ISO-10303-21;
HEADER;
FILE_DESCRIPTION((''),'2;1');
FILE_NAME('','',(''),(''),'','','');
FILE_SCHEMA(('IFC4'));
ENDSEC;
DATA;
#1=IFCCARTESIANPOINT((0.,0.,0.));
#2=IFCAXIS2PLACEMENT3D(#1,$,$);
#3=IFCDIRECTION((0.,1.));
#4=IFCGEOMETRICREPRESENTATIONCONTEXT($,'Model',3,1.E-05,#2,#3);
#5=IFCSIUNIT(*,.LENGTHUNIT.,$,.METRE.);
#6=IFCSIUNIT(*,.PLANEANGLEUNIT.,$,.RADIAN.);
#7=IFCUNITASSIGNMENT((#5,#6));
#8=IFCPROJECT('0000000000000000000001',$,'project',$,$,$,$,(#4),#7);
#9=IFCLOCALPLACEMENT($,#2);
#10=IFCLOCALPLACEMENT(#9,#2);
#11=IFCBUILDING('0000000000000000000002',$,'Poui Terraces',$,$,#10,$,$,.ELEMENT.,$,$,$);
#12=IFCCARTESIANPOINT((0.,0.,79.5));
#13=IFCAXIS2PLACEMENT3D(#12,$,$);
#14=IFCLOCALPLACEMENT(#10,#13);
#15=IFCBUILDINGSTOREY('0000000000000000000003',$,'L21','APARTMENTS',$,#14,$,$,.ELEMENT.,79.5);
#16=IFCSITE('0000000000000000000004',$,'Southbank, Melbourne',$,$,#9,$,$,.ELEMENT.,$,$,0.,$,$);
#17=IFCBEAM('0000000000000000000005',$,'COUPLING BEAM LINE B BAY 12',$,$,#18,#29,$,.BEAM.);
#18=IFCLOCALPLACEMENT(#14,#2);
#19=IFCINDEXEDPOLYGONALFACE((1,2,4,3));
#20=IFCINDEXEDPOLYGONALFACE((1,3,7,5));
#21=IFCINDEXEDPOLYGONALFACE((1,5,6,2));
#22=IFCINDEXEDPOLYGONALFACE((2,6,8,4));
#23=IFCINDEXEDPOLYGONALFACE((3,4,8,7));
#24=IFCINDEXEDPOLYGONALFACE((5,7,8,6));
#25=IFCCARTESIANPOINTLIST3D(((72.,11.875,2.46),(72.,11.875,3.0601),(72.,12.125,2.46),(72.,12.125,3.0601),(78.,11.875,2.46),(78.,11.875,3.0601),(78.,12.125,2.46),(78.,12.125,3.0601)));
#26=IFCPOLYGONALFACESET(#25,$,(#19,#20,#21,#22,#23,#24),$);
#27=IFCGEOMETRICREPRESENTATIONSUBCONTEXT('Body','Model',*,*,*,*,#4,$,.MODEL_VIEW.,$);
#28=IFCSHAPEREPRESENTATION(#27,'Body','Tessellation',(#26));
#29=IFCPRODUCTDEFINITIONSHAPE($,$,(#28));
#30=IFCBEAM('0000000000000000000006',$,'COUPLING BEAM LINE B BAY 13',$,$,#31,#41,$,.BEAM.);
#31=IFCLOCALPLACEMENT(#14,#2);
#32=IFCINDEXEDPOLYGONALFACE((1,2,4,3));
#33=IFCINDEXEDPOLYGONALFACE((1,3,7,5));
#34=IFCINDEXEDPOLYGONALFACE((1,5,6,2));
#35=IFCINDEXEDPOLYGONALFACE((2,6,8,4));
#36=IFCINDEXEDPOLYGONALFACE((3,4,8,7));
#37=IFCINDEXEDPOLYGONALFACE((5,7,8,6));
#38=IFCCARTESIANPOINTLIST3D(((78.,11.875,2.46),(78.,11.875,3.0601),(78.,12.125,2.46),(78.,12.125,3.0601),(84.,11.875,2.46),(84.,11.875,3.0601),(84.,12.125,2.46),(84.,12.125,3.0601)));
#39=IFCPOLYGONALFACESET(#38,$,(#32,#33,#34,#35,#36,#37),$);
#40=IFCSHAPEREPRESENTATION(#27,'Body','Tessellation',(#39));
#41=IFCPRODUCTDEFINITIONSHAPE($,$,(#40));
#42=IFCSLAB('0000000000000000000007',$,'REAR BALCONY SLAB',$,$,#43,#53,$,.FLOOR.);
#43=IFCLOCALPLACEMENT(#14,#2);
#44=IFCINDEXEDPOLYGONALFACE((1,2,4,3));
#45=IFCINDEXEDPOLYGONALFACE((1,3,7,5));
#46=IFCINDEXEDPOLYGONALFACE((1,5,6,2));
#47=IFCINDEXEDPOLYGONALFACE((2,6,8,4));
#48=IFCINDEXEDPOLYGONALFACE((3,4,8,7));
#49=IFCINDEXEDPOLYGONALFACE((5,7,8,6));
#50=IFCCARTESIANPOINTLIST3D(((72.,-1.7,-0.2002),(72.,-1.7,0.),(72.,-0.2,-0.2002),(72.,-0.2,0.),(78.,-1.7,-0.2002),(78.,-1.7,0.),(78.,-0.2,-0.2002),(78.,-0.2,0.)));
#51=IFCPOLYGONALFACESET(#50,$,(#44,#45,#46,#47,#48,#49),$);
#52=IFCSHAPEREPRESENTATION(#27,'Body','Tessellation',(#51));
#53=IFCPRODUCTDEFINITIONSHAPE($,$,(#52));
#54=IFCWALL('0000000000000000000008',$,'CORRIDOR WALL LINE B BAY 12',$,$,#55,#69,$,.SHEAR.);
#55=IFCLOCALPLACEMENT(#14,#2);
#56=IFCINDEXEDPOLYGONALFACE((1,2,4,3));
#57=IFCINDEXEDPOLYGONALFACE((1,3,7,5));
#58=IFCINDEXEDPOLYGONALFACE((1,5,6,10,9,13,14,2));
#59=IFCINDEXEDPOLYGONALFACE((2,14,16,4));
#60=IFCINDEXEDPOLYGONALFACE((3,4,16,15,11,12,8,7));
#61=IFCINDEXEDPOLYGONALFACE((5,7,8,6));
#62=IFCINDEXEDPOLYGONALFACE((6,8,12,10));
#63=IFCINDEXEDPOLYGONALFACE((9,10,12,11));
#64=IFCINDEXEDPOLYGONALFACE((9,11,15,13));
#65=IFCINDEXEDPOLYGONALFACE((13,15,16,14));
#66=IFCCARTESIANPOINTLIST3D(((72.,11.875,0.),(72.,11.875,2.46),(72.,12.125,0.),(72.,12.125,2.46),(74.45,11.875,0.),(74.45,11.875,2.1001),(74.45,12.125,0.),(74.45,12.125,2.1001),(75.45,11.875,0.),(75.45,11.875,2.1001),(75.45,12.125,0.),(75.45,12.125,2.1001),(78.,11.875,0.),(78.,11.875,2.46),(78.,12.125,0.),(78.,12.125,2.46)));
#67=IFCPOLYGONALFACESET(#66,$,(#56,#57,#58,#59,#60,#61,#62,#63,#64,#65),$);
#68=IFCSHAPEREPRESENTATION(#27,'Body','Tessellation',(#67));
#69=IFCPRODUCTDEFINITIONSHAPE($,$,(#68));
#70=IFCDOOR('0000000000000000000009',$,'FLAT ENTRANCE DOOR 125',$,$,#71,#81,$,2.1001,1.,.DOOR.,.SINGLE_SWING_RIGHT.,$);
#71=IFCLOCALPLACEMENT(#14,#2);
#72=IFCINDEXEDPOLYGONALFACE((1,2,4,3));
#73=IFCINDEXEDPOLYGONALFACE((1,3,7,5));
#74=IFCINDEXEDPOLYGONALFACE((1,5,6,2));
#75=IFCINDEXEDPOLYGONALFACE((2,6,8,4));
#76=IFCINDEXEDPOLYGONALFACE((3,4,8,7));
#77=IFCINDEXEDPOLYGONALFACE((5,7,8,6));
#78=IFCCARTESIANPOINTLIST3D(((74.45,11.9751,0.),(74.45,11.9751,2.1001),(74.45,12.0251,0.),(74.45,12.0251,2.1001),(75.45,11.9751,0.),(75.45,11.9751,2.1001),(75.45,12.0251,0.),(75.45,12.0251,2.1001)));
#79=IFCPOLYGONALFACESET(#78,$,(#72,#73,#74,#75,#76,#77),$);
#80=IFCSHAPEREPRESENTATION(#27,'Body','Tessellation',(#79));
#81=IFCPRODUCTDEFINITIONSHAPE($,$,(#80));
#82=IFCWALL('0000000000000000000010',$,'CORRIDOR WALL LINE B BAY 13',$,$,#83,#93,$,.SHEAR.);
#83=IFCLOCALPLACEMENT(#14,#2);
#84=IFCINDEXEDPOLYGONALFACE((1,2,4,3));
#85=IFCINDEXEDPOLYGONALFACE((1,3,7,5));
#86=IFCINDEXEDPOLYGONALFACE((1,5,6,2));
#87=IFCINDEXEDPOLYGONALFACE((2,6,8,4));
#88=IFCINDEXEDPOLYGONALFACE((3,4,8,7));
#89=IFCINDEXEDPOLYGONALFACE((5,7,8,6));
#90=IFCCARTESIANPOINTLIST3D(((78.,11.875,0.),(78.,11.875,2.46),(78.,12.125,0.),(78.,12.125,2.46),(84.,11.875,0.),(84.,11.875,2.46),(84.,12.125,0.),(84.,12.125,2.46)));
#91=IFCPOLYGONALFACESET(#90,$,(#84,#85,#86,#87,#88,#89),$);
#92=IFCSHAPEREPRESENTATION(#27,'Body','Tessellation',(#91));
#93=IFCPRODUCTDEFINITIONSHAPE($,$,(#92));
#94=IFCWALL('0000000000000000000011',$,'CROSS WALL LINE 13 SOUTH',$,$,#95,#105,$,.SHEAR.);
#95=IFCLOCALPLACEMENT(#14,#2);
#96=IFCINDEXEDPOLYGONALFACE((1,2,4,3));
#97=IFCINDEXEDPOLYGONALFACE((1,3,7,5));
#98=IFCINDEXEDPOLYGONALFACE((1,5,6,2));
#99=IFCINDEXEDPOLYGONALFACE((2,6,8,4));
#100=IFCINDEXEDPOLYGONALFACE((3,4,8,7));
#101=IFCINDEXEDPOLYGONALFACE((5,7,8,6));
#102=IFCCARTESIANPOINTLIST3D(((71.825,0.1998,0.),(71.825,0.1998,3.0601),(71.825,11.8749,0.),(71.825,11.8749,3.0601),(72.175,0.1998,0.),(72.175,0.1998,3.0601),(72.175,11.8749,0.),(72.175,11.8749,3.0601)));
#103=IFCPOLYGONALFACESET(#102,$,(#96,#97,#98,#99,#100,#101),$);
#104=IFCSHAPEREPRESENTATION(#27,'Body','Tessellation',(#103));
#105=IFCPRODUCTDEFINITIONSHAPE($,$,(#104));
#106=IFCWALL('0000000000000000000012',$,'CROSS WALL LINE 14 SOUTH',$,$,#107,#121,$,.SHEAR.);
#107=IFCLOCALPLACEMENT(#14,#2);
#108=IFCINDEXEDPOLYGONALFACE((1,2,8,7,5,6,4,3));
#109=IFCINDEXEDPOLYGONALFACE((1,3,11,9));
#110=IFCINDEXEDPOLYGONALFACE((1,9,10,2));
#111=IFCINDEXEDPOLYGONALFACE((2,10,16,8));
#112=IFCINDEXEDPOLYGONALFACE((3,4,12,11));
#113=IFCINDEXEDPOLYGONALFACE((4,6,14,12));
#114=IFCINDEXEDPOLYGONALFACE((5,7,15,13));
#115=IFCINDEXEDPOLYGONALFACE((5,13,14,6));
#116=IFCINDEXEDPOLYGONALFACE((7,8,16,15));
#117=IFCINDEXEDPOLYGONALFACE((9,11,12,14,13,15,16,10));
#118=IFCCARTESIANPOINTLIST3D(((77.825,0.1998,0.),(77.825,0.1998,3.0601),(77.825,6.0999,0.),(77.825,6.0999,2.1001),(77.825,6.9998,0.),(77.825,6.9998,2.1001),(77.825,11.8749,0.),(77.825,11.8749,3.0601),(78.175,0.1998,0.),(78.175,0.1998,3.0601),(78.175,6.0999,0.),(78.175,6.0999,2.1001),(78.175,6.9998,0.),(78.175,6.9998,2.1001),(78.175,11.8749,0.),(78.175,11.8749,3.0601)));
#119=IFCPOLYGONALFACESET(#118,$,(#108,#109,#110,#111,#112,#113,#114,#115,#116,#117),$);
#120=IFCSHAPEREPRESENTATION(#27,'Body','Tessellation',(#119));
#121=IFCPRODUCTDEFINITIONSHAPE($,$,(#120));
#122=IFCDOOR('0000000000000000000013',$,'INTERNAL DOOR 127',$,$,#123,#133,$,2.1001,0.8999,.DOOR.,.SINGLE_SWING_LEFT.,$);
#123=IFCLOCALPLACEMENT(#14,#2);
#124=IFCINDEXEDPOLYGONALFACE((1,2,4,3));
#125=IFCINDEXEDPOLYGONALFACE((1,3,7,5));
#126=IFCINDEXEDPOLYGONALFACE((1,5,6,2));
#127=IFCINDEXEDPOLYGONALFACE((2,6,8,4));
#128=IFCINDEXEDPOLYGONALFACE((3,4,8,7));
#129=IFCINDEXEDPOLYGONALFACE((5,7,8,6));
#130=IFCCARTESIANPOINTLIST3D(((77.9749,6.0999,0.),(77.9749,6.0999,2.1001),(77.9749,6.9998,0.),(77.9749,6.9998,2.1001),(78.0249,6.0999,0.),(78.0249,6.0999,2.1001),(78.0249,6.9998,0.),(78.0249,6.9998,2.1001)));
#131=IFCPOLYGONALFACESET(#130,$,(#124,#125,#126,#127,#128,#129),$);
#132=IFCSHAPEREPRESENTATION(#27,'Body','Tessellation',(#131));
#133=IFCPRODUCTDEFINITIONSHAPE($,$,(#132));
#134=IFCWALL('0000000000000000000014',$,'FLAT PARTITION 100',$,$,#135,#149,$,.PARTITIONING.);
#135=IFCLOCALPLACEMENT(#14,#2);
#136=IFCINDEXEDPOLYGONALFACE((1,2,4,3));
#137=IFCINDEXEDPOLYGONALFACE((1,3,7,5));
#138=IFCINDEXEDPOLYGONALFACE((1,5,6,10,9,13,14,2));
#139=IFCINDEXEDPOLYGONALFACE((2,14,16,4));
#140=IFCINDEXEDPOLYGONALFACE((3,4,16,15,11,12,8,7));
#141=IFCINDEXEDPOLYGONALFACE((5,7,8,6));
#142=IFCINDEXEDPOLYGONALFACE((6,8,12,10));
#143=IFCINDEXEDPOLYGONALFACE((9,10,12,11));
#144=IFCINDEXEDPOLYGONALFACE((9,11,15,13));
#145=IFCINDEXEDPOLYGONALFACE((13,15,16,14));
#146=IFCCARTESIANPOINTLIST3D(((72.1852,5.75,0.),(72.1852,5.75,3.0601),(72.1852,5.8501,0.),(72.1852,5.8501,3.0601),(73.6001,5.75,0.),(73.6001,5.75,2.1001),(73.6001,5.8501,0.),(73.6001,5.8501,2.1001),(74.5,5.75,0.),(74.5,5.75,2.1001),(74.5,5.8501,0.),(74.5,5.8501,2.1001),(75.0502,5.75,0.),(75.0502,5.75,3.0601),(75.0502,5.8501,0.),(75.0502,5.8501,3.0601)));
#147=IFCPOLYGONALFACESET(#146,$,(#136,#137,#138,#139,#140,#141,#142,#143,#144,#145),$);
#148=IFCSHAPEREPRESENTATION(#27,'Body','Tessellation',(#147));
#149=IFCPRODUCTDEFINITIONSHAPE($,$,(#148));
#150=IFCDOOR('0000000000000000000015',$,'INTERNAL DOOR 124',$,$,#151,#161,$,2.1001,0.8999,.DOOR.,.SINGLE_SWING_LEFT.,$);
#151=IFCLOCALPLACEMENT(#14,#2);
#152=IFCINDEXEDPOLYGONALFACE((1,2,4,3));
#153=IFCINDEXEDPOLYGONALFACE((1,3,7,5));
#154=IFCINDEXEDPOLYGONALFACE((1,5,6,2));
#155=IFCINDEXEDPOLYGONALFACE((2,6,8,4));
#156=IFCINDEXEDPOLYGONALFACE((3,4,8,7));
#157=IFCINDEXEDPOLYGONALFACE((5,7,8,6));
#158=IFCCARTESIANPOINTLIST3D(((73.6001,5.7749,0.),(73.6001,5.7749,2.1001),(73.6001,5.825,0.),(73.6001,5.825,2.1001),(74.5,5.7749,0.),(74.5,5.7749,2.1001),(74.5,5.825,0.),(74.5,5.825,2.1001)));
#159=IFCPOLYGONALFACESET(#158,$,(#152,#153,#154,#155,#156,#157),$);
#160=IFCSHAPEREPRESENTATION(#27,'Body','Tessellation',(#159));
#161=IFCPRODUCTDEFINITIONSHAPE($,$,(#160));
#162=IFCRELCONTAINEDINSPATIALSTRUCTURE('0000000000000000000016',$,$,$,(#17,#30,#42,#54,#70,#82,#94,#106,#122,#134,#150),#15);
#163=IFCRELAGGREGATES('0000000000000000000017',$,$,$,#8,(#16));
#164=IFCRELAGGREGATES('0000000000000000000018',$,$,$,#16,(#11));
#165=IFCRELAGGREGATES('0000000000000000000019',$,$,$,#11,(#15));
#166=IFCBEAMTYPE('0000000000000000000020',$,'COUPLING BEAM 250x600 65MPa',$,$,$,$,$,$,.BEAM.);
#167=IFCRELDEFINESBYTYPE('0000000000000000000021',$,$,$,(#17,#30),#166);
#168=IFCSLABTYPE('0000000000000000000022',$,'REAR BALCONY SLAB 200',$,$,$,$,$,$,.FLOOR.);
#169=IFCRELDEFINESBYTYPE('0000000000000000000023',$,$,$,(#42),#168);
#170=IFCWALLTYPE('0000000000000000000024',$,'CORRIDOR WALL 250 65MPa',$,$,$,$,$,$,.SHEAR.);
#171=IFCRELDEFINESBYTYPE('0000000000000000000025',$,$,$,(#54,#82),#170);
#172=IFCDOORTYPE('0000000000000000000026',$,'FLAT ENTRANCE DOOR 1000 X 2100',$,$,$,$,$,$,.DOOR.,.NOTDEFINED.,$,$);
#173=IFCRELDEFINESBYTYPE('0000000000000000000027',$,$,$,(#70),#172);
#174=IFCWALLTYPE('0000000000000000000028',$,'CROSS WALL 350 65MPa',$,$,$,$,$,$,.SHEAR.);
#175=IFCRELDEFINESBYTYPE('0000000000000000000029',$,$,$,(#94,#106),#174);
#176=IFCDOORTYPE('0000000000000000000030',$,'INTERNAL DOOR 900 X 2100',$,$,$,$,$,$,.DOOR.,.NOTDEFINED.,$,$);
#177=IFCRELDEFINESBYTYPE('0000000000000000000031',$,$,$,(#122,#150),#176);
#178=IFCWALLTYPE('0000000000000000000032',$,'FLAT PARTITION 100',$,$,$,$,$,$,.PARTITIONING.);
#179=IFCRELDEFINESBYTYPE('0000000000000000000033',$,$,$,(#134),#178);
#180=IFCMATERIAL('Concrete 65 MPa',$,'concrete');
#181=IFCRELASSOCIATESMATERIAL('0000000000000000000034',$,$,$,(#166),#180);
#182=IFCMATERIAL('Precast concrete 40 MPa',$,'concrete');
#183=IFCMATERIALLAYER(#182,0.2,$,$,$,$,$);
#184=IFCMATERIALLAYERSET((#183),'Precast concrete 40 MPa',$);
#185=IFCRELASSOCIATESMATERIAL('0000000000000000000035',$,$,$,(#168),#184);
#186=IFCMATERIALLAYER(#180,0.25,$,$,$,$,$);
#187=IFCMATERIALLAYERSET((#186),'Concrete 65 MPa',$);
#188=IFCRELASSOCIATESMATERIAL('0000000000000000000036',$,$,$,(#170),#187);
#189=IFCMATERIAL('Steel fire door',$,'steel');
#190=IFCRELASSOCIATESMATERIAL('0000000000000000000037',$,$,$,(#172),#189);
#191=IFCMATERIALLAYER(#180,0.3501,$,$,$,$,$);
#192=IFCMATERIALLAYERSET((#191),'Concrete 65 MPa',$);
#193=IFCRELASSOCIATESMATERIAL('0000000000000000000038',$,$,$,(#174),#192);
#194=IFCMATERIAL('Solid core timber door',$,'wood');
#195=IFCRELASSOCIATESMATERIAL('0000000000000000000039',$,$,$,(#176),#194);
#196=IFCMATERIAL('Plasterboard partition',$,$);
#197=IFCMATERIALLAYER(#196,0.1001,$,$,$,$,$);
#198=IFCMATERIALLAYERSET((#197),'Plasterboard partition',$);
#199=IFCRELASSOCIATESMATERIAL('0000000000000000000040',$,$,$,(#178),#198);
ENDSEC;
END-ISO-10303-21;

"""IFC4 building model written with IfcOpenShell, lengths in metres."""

from ifc_helpers import new_model, si_unit, direction, frame, frame_2d, origin, origin_2d, place, context, subcontext, project, spatial, polyline, rectangle, outline, extrude, source, transform, mapped, material, layer, layer_set, material_profile, profile_set, type_object, element, fill, save


model = new_model("IFC4")

# Units and contexts
model_context = context("Model", 3, precision=1e-05, world=origin(), true_north=direction((0.0, 1.0)))
body_context = subcontext(model_context, "Body", "Model", "MODEL_VIEW")
ifc_project = project(units=[si_unit("LENGTHUNIT", "METRE"), si_unit("PLANEANGLEUNIT", "RADIAN")], contexts=[model_context])

# Site, building, storey
site_placement = place(None, origin())
site = spatial("IfcSite", under=ifc_project, at=site_placement, Name="Southbank, Melbourne", CompositionType="ELEMENT", RefElevation=0.0)
building_placement = place(site_placement, origin())
building = spatial("IfcBuilding", under=site, at=building_placement, Name="Poui Terraces", CompositionType="ELEMENT")
storey_placement = place(building_placement, frame((0.0, 0.0, 79.5)))
storey = spatial("IfcBuildingStorey", under=building, at=storey_placement, Name="L21", Description="APARTMENTS", CompositionType="ELEMENT", Elevation=79.5)

# Beams
ifc_material_1 = material(Name="Concrete 65 MPa", Category="concrete")
ifc_material_profile_1 = material_profile(ifc_material_1, rectangle(XDim=0.25, YDim=0.6001, at=origin_2d()), Name="RC 250x600")
ifc_profile_set_1 = profile_set([ifc_material_profile_1], Name="Concrete 65 MPa")
beam_type = type_object("IfcBeamType", Name="COUPLING BEAM 250x600 65MPa", PredefinedType="BEAM", material=ifc_profile_set_1)
shared_shape_1 = source(origin(), body_context, "Body", "SweptSolid", [
    extrude(rectangle(XDim=0.25, YDim=0.6001, at=origin_2d()), origin(), (0.0, 0.0, 1.0), 6.0),
])
for number, where, z_axis, x_axis, name in (
    (1, (72.0, 12.0, 2.76), (1.0, 0.0, 0.0), (0.0, 1.0, 0.0), "COUPLING BEAM LINE B BAY 12"),
    (2, (78.0, 12.0, 2.76), (1.0, 0.0, 0.0), (0.0, 1.0, 0.0), "COUPLING BEAM LINE B BAY 13"),
):
    element("IfcBeam", number, at=place(storey_placement, frame(where, z_axis=z_axis, x_axis=x_axis)), inside=storey, type_object=beam_type, Name=name, PredefinedType="BEAM", context=body_context, shape_type="MappedRepresentation", body=[
        mapped(shared_shape_1, transform((0.0, 0.0, 0.0))),
    ])

# Slab
ifc_material_2 = material(Name="Precast concrete 40 MPa", Category="concrete")
ifc_layer_1 = layer(ifc_material_2, 0.2)
ifc_layer_set_1 = layer_set([ifc_layer_1], Name="Precast concrete 40 MPa")
slab_type = type_object("IfcSlabType", Name="REAR BALCONY SLAB 200", PredefinedType="FLOOR", material=ifc_layer_set_1)
shared_shape_2 = source(origin(), body_context, "Body", "SweptSolid", [
    extrude(outline(polyline([(0.0, 0.0), (6.0, 0.0), (6.0, 1.5), (0.0, 1.5), (0.0, 0.0)])), origin(), (0.0, 0.0, 1.0), 0.2002),
])
slab_placement = place(storey_placement, frame((72.0, -1.7, -0.2002)))
element("IfcSlab", 3, at=slab_placement, inside=storey, type_object=slab_type, Name="REAR BALCONY SLAB", PredefinedType="FLOOR", context=body_context, shape_type="MappedRepresentation", body=[
    mapped(shared_shape_2, transform((0.0, 0.0, 0.0))),
])

# Wall, opening, door
ifc_layer_2 = layer(ifc_material_1, 0.25)
ifc_layer_set_2 = layer_set([ifc_layer_2], Name="Concrete 65 MPa")
wall_type_1 = type_object("IfcWallType", Name="CORRIDOR WALL 250 65MPa", PredefinedType="SHEAR", material=ifc_layer_set_2)
wall_1_placement = place(storey_placement, frame((72.0, 12.0, 0.0), z_axis=(0.0, 0.0, 1.0), x_axis=(1.0, 0.0, 0.0)))
wall_1 = element("IfcWall", 4, at=wall_1_placement, inside=storey, type_object=wall_type_1, Name="CORRIDOR WALL LINE B BAY 12", PredefinedType="SHEAR", context=body_context, shape_type="SweptSolid", body=[
    extrude(rectangle(XDim=6.0, YDim=0.25, at=frame_2d((3.0, 0.0))), origin(), (0.0, 0.0, 1.0), 2.46),
])
opening_1_placement = place(wall_1_placement, frame((2.45, 0.0, 0.0)))
opening_1 = element("IfcOpeningElement", 5, at=opening_1_placement, cuts=wall_1, PredefinedType="OPENING", context=body_context, shape_type="SweptSolid", body=[
    extrude(rectangle(XDim=1.0, YDim=2.1001, at=frame_2d((0.5, 1.05))), frame((0.0, 0.135, 0.0), z_axis=(0.0, -1.0, 0.0), x_axis=(1.0, 0.0, 0.0)), (0.0, 0.0, 1.0), 0.27),
])
ifc_material_3 = material(Name="Steel fire door", Category="steel")
door_type_1 = type_object("IfcDoorType", Name="FLAT ENTRANCE DOOR 1000 X 2100", OperationType="NOTDEFINED", PredefinedType="DOOR", material=ifc_material_3)
door_1_placement = place(opening_1_placement, frame((1.0, 0.0, 0.0), z_axis=(0.0, 0.0, 1.0), x_axis=(-1.0, 0.0, 0.0)))
door_1 = element("IfcDoor", 6, at=door_1_placement, inside=storey, type_object=door_type_1, Name="FLAT ENTRANCE DOOR 125", OperationType="SINGLE_SWING_RIGHT", OverallHeight=2.1001, OverallWidth=1.0, PredefinedType="DOOR", context=body_context, shape_type="SweptSolid", body=[
    extrude(rectangle(XDim=1.0, YDim=2.1001, at=frame_2d((0.5, 1.05))), frame((0.0, 0.0249, 0.0), z_axis=(0.0, -1.0, 0.0), x_axis=(1.0, 0.0, 0.0)), (0.0, 0.0, 1.0), 0.05),
])
fill(opening_1, door_1)

# Walls
wall_2_placement = place(storey_placement, frame((78.0, 12.0, 0.0), z_axis=(0.0, 0.0, 1.0), x_axis=(1.0, 0.0, 0.0)))
element("IfcWall", 7, at=wall_2_placement, inside=storey, type_object=wall_type_1, Name="CORRIDOR WALL LINE B BAY 13", PredefinedType="SHEAR", context=body_context, shape_type="SweptSolid", body=[
    extrude(rectangle(XDim=6.0, YDim=0.25, at=frame_2d((3.0, 0.0))), origin(), (0.0, 0.0, 1.0), 2.46),
])
ifc_layer_3 = layer(ifc_material_1, 0.3501)
ifc_layer_set_3 = layer_set([ifc_layer_3], Name="Concrete 65 MPa")
wall_type_2 = type_object("IfcWallType", Name="CROSS WALL 350 65MPa", PredefinedType="SHEAR", material=ifc_layer_set_3)
wall_3_placement = place(storey_placement, frame((72.0, 0.2, 0.0), z_axis=(0.0, 0.0, 1.0), x_axis=(0.0, 1.0, 0.0)))
element("IfcWall", 8, at=wall_3_placement, inside=storey, type_object=wall_type_2, Name="CROSS WALL LINE 13 SOUTH", PredefinedType="SHEAR", context=body_context, shape_type="SweptSolid", body=[
    extrude(rectangle(XDim=11.675, YDim=0.3501, at=frame_2d((5.8374, 0.0))), origin(), (0.0, 0.0, 1.0), 3.0601),
])

# Walls, openings, doors
wall_4_placement = place(storey_placement, frame((78.0, 0.2, 0.0), z_axis=(0.0, 0.0, 1.0), x_axis=(0.0, 1.0, 0.0)))
wall_4 = element("IfcWall", 9, at=wall_4_placement, inside=storey, type_object=wall_type_2, Name="CROSS WALL LINE 14 SOUTH", PredefinedType="SHEAR", context=body_context, shape_type="SweptSolid", body=[
    extrude(rectangle(XDim=11.675, YDim=0.3501, at=frame_2d((5.8374, 0.0))), origin(), (0.0, 0.0, 1.0), 3.0601),
])
opening_2_placement = place(wall_4_placement, frame((5.8999, 0.0, 0.0)))
opening_2 = element("IfcOpeningElement", 10, at=opening_2_placement, cuts=wall_4, PredefinedType="OPENING", context=body_context, shape_type="SweptSolid", body=[
    extrude(rectangle(XDim=0.8999, YDim=2.1001, at=frame_2d((0.45, 1.05))), frame((0.0, 0.1851, 0.0), z_axis=(0.0, -1.0, 0.0), x_axis=(1.0, 0.0, 0.0)), (0.0, 0.0, 1.0), 0.3701),
])
ifc_material_4 = material(Name="Solid core timber door", Category="wood")
door_type_2 = type_object("IfcDoorType", Name="INTERNAL DOOR 900 X 2100", OperationType="NOTDEFINED", PredefinedType="DOOR", material=ifc_material_4)
door_2_placement = place(opening_2_placement, frame((0.8999, 0.0, 0.0), z_axis=(0.0, 0.0, 1.0), x_axis=(-1.0, 0.0, 0.0)))
door_2 = element("IfcDoor", 11, at=door_2_placement, inside=storey, type_object=door_type_2, Name="INTERNAL DOOR 127", OperationType="SINGLE_SWING_LEFT", OverallHeight=2.1001, OverallWidth=0.8999, PredefinedType="DOOR", context=body_context, shape_type="SweptSolid", body=[
    extrude(rectangle(XDim=0.8999, YDim=2.1001, at=frame_2d((0.45, 1.05))), frame((0.0, 0.0249, 0.0), z_axis=(0.0, -1.0, 0.0), x_axis=(1.0, 0.0, 0.0)), (0.0, 0.0, 1.0), 0.05),
])
fill(opening_2, door_2)
ifc_material_5 = material(Name="Plasterboard partition")
ifc_layer_4 = layer(ifc_material_5, 0.1001)
ifc_layer_set_4 = layer_set([ifc_layer_4], Name="Plasterboard partition")
wall_type_3 = type_object("IfcWallType", Name="FLAT PARTITION 100", PredefinedType="PARTITIONING", material=ifc_layer_set_4)
wall_5_placement = place(storey_placement, frame((72.1851, 5.8, 0.0), z_axis=(0.0, 0.0, 1.0), x_axis=(1.0, 0.0, 0.0)))
wall_5 = element("IfcWall", 12, at=wall_5_placement, inside=storey, type_object=wall_type_3, Name="FLAT PARTITION 100", PredefinedType="PARTITIONING", context=body_context, shape_type="SweptSolid", body=[
    extrude(rectangle(XDim=2.865, YDim=0.1001, at=frame_2d((1.4326, 0.0))), origin(), (0.0, 0.0, 1.0), 3.0601),
])
opening_3_placement = place(wall_5_placement, frame((1.415, 0.0, 0.0)))
opening_3 = element("IfcOpeningElement", 13, at=opening_3_placement, cuts=wall_5, PredefinedType="OPENING", context=body_context, shape_type="SweptSolid", body=[
    extrude(rectangle(XDim=0.8999, YDim=2.1001, at=frame_2d((0.45, 1.05))), frame((0.0, 0.0601, 0.0), z_axis=(0.0, -1.0, 0.0), x_axis=(1.0, 0.0, 0.0)), (0.0, 0.0, 1.0), 0.1201),
])
door_3_placement = place(opening_3_placement, origin())
door_3 = element("IfcDoor", 14, at=door_3_placement, inside=storey, type_object=door_type_2, Name="INTERNAL DOOR 124", OperationType="SINGLE_SWING_LEFT", OverallHeight=2.1001, OverallWidth=0.8999, PredefinedType="DOOR", context=body_context, shape_type="SweptSolid", body=[
    extrude(rectangle(XDim=0.8999, YDim=2.1001, at=frame_2d((0.45, 1.05))), frame((0.0, 0.0249, 0.0), z_axis=(0.0, -1.0, 0.0), x_axis=(1.0, 0.0, 0.0)), (0.0, 0.0, 1.0), 0.05),
])
fill(opening_3, door_3)

save(model, "model.ifc")
